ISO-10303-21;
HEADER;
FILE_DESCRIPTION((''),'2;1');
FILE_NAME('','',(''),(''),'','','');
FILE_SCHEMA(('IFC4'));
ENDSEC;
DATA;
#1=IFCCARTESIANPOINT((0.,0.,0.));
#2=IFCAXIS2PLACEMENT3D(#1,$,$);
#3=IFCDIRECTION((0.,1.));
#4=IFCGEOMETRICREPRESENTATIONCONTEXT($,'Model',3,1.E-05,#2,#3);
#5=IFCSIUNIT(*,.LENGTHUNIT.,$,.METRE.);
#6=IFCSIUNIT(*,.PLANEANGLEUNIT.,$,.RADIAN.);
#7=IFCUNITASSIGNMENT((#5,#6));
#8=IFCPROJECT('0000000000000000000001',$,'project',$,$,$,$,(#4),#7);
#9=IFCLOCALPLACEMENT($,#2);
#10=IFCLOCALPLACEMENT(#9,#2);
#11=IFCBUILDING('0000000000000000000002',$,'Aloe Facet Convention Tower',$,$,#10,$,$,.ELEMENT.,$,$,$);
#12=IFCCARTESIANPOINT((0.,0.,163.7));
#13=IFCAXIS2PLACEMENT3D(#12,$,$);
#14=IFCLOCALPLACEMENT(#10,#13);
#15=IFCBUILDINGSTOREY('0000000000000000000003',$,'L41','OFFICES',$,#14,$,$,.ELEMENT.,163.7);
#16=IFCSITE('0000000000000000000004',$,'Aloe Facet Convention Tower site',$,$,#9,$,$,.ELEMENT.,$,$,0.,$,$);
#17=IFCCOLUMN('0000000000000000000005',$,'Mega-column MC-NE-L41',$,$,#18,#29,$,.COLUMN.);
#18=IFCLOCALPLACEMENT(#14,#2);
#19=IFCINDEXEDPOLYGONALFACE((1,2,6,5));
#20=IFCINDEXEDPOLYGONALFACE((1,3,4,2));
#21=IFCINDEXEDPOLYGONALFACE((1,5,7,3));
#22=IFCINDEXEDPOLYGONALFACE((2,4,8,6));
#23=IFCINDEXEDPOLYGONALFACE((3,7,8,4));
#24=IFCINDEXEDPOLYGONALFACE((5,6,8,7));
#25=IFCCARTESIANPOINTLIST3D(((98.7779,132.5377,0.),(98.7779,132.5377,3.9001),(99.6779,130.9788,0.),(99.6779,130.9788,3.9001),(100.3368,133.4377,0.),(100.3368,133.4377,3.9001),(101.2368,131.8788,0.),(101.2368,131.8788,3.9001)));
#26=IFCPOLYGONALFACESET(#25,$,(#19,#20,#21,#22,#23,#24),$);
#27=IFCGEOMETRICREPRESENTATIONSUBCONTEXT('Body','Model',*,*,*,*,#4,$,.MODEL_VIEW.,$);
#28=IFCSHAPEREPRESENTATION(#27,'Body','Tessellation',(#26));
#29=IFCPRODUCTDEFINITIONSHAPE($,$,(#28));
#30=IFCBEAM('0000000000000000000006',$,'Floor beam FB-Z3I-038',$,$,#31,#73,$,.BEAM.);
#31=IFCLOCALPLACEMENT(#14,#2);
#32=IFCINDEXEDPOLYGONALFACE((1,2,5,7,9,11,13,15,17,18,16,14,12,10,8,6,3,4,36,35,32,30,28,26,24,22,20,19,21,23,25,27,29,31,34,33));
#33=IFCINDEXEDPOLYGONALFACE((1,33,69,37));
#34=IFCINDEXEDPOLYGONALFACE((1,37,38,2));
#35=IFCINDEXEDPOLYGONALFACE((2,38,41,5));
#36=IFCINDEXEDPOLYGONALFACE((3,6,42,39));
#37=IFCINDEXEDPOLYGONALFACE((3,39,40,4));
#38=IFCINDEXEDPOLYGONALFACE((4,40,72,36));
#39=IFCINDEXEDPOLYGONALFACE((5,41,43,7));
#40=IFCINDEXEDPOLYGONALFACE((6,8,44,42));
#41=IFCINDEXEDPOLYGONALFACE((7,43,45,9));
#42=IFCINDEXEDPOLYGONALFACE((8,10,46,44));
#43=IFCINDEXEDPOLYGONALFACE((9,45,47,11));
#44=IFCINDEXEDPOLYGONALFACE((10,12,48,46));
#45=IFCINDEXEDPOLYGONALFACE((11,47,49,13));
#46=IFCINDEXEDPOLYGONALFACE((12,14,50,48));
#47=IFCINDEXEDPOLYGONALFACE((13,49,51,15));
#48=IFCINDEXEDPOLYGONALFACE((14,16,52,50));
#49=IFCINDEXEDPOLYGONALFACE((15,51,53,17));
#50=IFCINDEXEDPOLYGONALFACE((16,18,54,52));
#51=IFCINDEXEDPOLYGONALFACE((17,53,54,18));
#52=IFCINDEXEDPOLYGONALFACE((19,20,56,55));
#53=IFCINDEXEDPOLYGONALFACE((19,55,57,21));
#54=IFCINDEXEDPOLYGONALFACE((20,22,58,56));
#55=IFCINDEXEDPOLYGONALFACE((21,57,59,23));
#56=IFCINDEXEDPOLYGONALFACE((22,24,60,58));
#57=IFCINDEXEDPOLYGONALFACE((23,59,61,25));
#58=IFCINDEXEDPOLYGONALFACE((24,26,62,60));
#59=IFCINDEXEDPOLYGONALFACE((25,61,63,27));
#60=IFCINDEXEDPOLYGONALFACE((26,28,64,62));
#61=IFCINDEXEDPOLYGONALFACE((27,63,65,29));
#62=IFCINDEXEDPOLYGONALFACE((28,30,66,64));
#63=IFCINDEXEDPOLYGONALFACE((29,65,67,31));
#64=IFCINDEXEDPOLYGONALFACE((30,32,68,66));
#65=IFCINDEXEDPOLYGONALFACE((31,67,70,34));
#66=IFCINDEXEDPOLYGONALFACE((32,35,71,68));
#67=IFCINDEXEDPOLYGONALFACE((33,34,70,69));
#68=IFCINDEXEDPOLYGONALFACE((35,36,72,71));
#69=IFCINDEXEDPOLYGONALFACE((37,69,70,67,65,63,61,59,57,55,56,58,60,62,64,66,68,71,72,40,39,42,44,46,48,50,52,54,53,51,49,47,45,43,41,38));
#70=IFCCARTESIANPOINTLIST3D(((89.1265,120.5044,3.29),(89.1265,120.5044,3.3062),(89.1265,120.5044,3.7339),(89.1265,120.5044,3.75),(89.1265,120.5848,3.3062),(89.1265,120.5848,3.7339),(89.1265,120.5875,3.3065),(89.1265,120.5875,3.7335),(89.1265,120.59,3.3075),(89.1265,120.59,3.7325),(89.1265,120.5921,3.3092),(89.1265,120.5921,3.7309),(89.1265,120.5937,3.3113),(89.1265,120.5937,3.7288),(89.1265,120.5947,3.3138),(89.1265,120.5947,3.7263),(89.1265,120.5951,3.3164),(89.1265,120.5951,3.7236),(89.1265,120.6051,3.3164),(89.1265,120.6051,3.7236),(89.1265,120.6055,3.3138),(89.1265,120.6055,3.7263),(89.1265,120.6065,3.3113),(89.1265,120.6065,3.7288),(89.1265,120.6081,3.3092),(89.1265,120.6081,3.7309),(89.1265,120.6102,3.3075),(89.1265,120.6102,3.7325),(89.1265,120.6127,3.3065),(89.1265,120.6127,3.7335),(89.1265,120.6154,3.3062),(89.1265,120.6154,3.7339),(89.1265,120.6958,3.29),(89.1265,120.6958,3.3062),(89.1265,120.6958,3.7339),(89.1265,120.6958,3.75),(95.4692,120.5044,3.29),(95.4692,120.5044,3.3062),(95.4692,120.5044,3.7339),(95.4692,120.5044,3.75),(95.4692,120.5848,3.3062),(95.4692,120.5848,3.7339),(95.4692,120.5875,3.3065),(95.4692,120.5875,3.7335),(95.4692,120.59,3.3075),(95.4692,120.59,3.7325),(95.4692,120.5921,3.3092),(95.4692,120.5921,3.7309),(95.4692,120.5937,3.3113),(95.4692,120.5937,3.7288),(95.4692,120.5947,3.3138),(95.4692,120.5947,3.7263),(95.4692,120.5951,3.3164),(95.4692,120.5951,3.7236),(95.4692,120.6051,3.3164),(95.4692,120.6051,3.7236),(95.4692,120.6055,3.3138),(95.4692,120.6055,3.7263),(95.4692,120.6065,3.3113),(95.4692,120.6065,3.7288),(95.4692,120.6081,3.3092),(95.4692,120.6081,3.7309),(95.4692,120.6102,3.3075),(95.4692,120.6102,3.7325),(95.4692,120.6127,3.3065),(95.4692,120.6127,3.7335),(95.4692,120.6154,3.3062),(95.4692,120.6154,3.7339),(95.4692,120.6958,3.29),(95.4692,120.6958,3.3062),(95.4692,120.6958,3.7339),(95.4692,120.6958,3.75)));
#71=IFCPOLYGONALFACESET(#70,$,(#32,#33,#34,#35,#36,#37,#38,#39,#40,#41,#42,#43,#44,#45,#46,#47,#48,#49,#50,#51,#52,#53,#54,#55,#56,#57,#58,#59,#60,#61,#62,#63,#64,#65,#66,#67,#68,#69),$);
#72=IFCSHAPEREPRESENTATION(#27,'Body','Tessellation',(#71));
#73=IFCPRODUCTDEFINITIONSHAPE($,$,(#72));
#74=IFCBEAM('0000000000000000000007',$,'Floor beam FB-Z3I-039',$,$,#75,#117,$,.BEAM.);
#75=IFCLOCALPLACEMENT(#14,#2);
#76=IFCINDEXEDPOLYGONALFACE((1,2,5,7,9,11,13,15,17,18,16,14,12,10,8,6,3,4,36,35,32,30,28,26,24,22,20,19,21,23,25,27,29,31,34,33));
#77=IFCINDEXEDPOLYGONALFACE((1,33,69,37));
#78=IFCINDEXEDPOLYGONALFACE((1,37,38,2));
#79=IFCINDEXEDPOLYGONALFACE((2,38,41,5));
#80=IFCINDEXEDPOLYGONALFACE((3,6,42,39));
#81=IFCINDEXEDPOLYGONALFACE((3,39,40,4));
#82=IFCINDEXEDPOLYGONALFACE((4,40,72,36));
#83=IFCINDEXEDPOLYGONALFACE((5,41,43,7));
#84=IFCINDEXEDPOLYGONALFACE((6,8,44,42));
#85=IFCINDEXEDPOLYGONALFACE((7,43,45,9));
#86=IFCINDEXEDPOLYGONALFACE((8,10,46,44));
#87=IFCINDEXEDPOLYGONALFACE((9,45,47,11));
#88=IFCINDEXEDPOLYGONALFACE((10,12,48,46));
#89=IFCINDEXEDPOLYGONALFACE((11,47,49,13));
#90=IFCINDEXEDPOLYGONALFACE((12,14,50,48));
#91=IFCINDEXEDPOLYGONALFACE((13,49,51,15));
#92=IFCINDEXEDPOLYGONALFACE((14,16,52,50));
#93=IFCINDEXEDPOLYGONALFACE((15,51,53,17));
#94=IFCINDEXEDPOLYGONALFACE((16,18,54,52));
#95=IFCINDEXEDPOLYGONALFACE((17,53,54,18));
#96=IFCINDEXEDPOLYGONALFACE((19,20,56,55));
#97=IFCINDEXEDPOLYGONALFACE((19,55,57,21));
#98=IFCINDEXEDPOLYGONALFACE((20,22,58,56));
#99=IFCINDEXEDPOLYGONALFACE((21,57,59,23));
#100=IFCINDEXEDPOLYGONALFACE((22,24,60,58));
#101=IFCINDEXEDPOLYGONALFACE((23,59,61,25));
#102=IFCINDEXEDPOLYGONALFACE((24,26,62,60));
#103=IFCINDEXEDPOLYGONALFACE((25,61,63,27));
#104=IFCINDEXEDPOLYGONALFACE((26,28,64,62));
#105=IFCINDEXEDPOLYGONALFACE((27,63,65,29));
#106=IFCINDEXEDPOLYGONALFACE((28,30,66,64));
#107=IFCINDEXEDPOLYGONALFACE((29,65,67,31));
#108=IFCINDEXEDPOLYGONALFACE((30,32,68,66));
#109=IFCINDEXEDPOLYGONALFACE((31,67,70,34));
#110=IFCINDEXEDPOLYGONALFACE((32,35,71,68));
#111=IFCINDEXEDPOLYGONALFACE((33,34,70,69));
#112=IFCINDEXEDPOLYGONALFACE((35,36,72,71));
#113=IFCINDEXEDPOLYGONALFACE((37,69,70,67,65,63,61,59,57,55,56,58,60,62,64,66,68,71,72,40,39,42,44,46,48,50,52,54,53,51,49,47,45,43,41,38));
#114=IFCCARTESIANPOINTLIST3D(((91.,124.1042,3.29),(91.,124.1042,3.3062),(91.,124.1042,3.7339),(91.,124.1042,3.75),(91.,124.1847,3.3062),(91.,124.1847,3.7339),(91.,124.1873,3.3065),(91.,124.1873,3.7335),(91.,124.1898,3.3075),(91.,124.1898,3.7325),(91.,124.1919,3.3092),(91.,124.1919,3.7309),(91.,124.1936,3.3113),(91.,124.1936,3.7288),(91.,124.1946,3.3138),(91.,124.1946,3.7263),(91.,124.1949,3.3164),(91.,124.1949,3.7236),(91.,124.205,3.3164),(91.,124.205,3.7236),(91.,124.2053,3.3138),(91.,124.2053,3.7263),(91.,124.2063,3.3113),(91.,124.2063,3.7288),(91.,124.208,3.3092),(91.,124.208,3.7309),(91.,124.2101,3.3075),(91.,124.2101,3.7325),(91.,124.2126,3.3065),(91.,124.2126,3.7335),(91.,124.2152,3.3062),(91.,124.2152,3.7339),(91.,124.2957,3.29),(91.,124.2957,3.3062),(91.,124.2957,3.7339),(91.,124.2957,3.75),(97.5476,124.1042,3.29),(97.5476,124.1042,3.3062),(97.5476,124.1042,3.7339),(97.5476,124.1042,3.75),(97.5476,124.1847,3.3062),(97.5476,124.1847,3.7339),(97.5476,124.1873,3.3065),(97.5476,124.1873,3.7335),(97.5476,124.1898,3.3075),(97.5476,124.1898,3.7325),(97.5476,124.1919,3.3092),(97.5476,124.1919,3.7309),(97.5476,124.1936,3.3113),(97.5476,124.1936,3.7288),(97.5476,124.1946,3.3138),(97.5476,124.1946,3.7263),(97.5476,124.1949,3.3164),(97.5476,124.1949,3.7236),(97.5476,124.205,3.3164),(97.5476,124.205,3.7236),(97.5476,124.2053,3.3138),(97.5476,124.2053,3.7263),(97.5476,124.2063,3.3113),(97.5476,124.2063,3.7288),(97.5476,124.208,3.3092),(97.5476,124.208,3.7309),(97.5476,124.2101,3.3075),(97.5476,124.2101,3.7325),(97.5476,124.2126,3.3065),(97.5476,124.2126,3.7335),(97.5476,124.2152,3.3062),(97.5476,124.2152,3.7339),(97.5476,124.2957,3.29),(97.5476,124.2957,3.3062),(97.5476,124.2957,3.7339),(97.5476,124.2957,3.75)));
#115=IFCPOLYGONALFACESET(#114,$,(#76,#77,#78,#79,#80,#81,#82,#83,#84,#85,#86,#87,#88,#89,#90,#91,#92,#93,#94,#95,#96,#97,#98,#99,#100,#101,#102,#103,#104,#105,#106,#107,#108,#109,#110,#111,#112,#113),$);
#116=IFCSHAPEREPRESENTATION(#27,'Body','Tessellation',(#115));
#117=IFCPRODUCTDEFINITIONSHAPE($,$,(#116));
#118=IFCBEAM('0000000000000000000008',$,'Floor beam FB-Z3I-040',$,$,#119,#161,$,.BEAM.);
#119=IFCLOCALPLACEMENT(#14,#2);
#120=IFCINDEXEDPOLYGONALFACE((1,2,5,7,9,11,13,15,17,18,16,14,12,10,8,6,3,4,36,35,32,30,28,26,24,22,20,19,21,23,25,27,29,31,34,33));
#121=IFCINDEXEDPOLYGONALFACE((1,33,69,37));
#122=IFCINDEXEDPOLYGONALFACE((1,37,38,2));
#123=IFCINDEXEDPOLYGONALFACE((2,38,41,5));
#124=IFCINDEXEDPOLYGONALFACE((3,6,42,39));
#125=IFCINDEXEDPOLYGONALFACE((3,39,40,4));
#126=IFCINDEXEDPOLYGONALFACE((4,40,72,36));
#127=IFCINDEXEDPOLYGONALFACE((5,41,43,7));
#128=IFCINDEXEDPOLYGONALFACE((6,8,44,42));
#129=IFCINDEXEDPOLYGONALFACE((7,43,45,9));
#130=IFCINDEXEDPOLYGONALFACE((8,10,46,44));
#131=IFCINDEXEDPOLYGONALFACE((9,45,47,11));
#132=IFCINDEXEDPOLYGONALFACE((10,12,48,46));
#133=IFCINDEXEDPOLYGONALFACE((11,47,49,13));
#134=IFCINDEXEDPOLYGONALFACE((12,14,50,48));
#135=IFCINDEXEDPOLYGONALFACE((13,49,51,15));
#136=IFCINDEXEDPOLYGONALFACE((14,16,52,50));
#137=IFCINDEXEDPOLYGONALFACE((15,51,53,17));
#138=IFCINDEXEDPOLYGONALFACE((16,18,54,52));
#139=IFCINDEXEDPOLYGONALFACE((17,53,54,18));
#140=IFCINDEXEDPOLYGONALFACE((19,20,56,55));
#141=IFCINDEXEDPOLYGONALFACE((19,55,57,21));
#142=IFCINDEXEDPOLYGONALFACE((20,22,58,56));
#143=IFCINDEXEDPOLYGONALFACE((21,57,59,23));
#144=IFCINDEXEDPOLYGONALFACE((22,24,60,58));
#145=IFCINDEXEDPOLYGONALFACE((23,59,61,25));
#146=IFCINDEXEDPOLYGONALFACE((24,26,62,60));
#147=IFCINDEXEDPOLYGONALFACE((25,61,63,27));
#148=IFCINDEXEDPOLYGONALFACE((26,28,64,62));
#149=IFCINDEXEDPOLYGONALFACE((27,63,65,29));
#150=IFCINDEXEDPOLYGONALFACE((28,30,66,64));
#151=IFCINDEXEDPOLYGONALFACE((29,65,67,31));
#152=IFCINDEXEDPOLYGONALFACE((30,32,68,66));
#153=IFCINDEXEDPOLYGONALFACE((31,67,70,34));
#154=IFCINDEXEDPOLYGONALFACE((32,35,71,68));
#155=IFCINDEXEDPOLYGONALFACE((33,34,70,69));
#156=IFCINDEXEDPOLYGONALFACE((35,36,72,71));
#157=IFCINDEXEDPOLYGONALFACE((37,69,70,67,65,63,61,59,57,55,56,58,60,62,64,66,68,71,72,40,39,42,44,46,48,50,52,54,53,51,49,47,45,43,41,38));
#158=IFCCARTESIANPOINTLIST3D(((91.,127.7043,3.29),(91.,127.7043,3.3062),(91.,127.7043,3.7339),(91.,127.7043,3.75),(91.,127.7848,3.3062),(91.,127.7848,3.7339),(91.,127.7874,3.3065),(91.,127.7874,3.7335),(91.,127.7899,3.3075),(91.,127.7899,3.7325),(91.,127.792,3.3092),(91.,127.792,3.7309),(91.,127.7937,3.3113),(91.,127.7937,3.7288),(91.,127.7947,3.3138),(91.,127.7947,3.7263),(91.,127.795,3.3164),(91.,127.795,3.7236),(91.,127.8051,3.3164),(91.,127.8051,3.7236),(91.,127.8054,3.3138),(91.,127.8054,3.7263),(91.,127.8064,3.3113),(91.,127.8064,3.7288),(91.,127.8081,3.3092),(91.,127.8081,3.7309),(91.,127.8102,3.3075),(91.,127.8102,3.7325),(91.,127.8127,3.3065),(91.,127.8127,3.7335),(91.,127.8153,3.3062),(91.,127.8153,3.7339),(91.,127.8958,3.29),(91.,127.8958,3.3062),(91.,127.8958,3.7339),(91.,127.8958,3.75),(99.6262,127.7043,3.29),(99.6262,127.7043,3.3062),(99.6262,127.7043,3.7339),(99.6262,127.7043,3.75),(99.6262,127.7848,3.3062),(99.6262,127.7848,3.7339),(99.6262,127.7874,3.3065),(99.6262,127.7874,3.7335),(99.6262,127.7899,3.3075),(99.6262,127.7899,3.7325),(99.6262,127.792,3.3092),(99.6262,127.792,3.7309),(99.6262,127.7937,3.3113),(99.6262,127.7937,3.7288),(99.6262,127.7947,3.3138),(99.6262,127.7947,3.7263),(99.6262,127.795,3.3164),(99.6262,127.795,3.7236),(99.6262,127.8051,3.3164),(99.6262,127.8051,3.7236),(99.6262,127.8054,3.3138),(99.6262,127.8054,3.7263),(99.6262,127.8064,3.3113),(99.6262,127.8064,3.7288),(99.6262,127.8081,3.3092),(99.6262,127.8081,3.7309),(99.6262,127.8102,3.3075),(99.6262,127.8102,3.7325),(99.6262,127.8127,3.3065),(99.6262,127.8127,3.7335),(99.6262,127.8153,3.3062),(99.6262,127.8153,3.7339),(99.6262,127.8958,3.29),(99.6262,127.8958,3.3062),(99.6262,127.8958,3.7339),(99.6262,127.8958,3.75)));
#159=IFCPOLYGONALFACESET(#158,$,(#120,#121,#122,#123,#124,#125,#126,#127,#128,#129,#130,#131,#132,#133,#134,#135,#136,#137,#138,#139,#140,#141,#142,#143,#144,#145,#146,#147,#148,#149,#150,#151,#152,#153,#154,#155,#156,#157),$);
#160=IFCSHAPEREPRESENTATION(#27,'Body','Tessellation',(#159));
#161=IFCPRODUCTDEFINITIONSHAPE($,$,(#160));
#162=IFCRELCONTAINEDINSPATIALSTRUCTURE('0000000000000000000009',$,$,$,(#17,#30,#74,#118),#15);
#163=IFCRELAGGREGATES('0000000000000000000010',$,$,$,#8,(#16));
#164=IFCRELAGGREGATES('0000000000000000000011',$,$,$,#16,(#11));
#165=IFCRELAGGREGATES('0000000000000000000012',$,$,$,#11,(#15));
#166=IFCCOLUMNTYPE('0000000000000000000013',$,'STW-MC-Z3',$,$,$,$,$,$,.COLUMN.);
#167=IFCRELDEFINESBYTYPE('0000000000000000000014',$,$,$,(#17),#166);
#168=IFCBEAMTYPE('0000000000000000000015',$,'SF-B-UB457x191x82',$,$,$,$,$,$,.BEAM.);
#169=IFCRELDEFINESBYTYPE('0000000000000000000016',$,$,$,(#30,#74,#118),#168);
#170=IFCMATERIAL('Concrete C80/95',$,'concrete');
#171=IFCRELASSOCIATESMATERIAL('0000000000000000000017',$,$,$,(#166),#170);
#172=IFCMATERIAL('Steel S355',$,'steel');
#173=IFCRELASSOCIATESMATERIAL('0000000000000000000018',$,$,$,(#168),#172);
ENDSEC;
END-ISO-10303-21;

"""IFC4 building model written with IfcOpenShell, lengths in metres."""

from ifc_helpers import new_model, si_unit, direction, frame, origin, origin_2d, place, context, subcontext, project, spatial, rectangle, i_section, extrude, material, material_profile, profile_set, type_object, element, save


model = new_model("IFC4")

# Units and contexts
model_context = context("Model", 3, precision=1e-05, world=origin(), true_north=direction((0.0, 1.0)))
body_context = subcontext(model_context, "Body", "Model", "MODEL_VIEW")
ifc_project = project(units=[si_unit("LENGTHUNIT", "METRE"), si_unit("PLANEANGLEUNIT", "RADIAN")], contexts=[model_context])

# Site, building, storey
site_placement = place(None, origin())
site = spatial("IfcSite", under=ifc_project, at=site_placement, Name="Aloe Facet Convention Tower site", CompositionType="ELEMENT", RefElevation=0.0)
building_placement = place(site_placement, origin())
building = spatial("IfcBuilding", under=site, at=building_placement, Name="Aloe Facet Convention Tower", CompositionType="ELEMENT")
storey_placement = place(building_placement, frame((0.0, 0.0, 163.7)))
storey = spatial("IfcBuildingStorey", under=building, at=storey_placement, Name="L41", Description="OFFICES", CompositionType="ELEMENT", Elevation=163.7)

# Column
ifc_material_1 = material(Name="Concrete C80/95", Category="concrete")
ifc_material_profile_1 = material_profile(ifc_material_1, rectangle(XDim=1.8, YDim=1.8, at=origin_2d()), Name="STW-MC-Z3")
ifc_profile_set_1 = profile_set([ifc_material_profile_1], Name="Concrete C80/95")
column_type = type_object("IfcColumnType", Name="STW-MC-Z3", PredefinedType="COLUMN", material=ifc_profile_set_1)
column_placement = place(storey_placement, frame((100.0073, 132.2083, 0.0), z_axis=(0.0, 0.0, 1.0), x_axis=(-0.5, 0.866025, 0.0)))
element("IfcColumn", 1, at=column_placement, inside=storey, type_object=column_type, Name="Mega-column MC-NE-L41", PredefinedType="COLUMN", context=body_context, shape_type="SweptSolid", body=[
    extrude(rectangle(XDim=1.8, YDim=1.8, at=origin_2d()), origin(), (0.0, 0.0, 1.0), 3.9001),
])

# Beams
ifc_material_2 = material(Name="Steel S355", Category="steel")
ifc_material_profile_2 = material_profile(ifc_material_2, i_section(OverallWidth=0.1914, OverallDepth=0.46, WebThickness=0.01, FlangeThickness=0.0161, FilletRadius=0.0103, at=origin_2d()), Name="UB 457x191x82")
ifc_profile_set_2 = profile_set([ifc_material_profile_2], Name="Steel S355")
beam_type_1 = type_object("IfcBeamType", Name="SF-B-UB457x191x82", PredefinedType="BEAM", material=ifc_profile_set_2)
beam_1_placement = place(storey_placement, frame((89.1265, 120.6001, 3.52), z_axis=(1.0, 0.0, 0.0), x_axis=(0.0, 1.0, 0.0)))
element("IfcBeam", 2, at=beam_1_placement, inside=storey, type_object=beam_type_1, Name="Floor beam FB-Z3I-038", PredefinedType="BEAM", context=body_context, shape_type="SweptSolid", body=[
    extrude(i_section(OverallWidth=0.1914, OverallDepth=0.46, WebThickness=0.01, FlangeThickness=0.0161, FilletRadius=0.0103, at=origin_2d()), origin(), (0.0, 0.0, 1.0), 6.3428),
])
beam_2_placement = place(storey_placement, frame((91.0, 124.2, 3.52), z_axis=(1.0, 0.0, 0.0), x_axis=(0.0, 1.0, 0.0)))
element("IfcBeam", 3, at=beam_2_placement, inside=storey, type_object=beam_type_1, Name="Floor beam FB-Z3I-039", PredefinedType="BEAM", context=body_context, shape_type="SweptSolid", body=[
    extrude(i_section(OverallWidth=0.1914, OverallDepth=0.46, WebThickness=0.01, FlangeThickness=0.0161, FilletRadius=0.0103, at=origin_2d()), origin(), (0.0, 0.0, 1.0), 6.5476),
])
beam_3_placement = place(storey_placement, frame((91.0, 127.8, 3.52), z_axis=(1.0, 0.0, 0.0), x_axis=(0.0, 1.0, 0.0)))
element("IfcBeam", 4, at=beam_3_placement, inside=storey, type_object=beam_type_1, Name="Floor beam FB-Z3I-040", PredefinedType="BEAM", context=body_context, shape_type="SweptSolid", body=[
    extrude(i_section(OverallWidth=0.1914, OverallDepth=0.46, WebThickness=0.01, FlangeThickness=0.0161, FilletRadius=0.0103, at=origin_2d()), origin(), (0.0, 0.0, 1.0), 8.6262),
])

save(model, "model.ifc")
